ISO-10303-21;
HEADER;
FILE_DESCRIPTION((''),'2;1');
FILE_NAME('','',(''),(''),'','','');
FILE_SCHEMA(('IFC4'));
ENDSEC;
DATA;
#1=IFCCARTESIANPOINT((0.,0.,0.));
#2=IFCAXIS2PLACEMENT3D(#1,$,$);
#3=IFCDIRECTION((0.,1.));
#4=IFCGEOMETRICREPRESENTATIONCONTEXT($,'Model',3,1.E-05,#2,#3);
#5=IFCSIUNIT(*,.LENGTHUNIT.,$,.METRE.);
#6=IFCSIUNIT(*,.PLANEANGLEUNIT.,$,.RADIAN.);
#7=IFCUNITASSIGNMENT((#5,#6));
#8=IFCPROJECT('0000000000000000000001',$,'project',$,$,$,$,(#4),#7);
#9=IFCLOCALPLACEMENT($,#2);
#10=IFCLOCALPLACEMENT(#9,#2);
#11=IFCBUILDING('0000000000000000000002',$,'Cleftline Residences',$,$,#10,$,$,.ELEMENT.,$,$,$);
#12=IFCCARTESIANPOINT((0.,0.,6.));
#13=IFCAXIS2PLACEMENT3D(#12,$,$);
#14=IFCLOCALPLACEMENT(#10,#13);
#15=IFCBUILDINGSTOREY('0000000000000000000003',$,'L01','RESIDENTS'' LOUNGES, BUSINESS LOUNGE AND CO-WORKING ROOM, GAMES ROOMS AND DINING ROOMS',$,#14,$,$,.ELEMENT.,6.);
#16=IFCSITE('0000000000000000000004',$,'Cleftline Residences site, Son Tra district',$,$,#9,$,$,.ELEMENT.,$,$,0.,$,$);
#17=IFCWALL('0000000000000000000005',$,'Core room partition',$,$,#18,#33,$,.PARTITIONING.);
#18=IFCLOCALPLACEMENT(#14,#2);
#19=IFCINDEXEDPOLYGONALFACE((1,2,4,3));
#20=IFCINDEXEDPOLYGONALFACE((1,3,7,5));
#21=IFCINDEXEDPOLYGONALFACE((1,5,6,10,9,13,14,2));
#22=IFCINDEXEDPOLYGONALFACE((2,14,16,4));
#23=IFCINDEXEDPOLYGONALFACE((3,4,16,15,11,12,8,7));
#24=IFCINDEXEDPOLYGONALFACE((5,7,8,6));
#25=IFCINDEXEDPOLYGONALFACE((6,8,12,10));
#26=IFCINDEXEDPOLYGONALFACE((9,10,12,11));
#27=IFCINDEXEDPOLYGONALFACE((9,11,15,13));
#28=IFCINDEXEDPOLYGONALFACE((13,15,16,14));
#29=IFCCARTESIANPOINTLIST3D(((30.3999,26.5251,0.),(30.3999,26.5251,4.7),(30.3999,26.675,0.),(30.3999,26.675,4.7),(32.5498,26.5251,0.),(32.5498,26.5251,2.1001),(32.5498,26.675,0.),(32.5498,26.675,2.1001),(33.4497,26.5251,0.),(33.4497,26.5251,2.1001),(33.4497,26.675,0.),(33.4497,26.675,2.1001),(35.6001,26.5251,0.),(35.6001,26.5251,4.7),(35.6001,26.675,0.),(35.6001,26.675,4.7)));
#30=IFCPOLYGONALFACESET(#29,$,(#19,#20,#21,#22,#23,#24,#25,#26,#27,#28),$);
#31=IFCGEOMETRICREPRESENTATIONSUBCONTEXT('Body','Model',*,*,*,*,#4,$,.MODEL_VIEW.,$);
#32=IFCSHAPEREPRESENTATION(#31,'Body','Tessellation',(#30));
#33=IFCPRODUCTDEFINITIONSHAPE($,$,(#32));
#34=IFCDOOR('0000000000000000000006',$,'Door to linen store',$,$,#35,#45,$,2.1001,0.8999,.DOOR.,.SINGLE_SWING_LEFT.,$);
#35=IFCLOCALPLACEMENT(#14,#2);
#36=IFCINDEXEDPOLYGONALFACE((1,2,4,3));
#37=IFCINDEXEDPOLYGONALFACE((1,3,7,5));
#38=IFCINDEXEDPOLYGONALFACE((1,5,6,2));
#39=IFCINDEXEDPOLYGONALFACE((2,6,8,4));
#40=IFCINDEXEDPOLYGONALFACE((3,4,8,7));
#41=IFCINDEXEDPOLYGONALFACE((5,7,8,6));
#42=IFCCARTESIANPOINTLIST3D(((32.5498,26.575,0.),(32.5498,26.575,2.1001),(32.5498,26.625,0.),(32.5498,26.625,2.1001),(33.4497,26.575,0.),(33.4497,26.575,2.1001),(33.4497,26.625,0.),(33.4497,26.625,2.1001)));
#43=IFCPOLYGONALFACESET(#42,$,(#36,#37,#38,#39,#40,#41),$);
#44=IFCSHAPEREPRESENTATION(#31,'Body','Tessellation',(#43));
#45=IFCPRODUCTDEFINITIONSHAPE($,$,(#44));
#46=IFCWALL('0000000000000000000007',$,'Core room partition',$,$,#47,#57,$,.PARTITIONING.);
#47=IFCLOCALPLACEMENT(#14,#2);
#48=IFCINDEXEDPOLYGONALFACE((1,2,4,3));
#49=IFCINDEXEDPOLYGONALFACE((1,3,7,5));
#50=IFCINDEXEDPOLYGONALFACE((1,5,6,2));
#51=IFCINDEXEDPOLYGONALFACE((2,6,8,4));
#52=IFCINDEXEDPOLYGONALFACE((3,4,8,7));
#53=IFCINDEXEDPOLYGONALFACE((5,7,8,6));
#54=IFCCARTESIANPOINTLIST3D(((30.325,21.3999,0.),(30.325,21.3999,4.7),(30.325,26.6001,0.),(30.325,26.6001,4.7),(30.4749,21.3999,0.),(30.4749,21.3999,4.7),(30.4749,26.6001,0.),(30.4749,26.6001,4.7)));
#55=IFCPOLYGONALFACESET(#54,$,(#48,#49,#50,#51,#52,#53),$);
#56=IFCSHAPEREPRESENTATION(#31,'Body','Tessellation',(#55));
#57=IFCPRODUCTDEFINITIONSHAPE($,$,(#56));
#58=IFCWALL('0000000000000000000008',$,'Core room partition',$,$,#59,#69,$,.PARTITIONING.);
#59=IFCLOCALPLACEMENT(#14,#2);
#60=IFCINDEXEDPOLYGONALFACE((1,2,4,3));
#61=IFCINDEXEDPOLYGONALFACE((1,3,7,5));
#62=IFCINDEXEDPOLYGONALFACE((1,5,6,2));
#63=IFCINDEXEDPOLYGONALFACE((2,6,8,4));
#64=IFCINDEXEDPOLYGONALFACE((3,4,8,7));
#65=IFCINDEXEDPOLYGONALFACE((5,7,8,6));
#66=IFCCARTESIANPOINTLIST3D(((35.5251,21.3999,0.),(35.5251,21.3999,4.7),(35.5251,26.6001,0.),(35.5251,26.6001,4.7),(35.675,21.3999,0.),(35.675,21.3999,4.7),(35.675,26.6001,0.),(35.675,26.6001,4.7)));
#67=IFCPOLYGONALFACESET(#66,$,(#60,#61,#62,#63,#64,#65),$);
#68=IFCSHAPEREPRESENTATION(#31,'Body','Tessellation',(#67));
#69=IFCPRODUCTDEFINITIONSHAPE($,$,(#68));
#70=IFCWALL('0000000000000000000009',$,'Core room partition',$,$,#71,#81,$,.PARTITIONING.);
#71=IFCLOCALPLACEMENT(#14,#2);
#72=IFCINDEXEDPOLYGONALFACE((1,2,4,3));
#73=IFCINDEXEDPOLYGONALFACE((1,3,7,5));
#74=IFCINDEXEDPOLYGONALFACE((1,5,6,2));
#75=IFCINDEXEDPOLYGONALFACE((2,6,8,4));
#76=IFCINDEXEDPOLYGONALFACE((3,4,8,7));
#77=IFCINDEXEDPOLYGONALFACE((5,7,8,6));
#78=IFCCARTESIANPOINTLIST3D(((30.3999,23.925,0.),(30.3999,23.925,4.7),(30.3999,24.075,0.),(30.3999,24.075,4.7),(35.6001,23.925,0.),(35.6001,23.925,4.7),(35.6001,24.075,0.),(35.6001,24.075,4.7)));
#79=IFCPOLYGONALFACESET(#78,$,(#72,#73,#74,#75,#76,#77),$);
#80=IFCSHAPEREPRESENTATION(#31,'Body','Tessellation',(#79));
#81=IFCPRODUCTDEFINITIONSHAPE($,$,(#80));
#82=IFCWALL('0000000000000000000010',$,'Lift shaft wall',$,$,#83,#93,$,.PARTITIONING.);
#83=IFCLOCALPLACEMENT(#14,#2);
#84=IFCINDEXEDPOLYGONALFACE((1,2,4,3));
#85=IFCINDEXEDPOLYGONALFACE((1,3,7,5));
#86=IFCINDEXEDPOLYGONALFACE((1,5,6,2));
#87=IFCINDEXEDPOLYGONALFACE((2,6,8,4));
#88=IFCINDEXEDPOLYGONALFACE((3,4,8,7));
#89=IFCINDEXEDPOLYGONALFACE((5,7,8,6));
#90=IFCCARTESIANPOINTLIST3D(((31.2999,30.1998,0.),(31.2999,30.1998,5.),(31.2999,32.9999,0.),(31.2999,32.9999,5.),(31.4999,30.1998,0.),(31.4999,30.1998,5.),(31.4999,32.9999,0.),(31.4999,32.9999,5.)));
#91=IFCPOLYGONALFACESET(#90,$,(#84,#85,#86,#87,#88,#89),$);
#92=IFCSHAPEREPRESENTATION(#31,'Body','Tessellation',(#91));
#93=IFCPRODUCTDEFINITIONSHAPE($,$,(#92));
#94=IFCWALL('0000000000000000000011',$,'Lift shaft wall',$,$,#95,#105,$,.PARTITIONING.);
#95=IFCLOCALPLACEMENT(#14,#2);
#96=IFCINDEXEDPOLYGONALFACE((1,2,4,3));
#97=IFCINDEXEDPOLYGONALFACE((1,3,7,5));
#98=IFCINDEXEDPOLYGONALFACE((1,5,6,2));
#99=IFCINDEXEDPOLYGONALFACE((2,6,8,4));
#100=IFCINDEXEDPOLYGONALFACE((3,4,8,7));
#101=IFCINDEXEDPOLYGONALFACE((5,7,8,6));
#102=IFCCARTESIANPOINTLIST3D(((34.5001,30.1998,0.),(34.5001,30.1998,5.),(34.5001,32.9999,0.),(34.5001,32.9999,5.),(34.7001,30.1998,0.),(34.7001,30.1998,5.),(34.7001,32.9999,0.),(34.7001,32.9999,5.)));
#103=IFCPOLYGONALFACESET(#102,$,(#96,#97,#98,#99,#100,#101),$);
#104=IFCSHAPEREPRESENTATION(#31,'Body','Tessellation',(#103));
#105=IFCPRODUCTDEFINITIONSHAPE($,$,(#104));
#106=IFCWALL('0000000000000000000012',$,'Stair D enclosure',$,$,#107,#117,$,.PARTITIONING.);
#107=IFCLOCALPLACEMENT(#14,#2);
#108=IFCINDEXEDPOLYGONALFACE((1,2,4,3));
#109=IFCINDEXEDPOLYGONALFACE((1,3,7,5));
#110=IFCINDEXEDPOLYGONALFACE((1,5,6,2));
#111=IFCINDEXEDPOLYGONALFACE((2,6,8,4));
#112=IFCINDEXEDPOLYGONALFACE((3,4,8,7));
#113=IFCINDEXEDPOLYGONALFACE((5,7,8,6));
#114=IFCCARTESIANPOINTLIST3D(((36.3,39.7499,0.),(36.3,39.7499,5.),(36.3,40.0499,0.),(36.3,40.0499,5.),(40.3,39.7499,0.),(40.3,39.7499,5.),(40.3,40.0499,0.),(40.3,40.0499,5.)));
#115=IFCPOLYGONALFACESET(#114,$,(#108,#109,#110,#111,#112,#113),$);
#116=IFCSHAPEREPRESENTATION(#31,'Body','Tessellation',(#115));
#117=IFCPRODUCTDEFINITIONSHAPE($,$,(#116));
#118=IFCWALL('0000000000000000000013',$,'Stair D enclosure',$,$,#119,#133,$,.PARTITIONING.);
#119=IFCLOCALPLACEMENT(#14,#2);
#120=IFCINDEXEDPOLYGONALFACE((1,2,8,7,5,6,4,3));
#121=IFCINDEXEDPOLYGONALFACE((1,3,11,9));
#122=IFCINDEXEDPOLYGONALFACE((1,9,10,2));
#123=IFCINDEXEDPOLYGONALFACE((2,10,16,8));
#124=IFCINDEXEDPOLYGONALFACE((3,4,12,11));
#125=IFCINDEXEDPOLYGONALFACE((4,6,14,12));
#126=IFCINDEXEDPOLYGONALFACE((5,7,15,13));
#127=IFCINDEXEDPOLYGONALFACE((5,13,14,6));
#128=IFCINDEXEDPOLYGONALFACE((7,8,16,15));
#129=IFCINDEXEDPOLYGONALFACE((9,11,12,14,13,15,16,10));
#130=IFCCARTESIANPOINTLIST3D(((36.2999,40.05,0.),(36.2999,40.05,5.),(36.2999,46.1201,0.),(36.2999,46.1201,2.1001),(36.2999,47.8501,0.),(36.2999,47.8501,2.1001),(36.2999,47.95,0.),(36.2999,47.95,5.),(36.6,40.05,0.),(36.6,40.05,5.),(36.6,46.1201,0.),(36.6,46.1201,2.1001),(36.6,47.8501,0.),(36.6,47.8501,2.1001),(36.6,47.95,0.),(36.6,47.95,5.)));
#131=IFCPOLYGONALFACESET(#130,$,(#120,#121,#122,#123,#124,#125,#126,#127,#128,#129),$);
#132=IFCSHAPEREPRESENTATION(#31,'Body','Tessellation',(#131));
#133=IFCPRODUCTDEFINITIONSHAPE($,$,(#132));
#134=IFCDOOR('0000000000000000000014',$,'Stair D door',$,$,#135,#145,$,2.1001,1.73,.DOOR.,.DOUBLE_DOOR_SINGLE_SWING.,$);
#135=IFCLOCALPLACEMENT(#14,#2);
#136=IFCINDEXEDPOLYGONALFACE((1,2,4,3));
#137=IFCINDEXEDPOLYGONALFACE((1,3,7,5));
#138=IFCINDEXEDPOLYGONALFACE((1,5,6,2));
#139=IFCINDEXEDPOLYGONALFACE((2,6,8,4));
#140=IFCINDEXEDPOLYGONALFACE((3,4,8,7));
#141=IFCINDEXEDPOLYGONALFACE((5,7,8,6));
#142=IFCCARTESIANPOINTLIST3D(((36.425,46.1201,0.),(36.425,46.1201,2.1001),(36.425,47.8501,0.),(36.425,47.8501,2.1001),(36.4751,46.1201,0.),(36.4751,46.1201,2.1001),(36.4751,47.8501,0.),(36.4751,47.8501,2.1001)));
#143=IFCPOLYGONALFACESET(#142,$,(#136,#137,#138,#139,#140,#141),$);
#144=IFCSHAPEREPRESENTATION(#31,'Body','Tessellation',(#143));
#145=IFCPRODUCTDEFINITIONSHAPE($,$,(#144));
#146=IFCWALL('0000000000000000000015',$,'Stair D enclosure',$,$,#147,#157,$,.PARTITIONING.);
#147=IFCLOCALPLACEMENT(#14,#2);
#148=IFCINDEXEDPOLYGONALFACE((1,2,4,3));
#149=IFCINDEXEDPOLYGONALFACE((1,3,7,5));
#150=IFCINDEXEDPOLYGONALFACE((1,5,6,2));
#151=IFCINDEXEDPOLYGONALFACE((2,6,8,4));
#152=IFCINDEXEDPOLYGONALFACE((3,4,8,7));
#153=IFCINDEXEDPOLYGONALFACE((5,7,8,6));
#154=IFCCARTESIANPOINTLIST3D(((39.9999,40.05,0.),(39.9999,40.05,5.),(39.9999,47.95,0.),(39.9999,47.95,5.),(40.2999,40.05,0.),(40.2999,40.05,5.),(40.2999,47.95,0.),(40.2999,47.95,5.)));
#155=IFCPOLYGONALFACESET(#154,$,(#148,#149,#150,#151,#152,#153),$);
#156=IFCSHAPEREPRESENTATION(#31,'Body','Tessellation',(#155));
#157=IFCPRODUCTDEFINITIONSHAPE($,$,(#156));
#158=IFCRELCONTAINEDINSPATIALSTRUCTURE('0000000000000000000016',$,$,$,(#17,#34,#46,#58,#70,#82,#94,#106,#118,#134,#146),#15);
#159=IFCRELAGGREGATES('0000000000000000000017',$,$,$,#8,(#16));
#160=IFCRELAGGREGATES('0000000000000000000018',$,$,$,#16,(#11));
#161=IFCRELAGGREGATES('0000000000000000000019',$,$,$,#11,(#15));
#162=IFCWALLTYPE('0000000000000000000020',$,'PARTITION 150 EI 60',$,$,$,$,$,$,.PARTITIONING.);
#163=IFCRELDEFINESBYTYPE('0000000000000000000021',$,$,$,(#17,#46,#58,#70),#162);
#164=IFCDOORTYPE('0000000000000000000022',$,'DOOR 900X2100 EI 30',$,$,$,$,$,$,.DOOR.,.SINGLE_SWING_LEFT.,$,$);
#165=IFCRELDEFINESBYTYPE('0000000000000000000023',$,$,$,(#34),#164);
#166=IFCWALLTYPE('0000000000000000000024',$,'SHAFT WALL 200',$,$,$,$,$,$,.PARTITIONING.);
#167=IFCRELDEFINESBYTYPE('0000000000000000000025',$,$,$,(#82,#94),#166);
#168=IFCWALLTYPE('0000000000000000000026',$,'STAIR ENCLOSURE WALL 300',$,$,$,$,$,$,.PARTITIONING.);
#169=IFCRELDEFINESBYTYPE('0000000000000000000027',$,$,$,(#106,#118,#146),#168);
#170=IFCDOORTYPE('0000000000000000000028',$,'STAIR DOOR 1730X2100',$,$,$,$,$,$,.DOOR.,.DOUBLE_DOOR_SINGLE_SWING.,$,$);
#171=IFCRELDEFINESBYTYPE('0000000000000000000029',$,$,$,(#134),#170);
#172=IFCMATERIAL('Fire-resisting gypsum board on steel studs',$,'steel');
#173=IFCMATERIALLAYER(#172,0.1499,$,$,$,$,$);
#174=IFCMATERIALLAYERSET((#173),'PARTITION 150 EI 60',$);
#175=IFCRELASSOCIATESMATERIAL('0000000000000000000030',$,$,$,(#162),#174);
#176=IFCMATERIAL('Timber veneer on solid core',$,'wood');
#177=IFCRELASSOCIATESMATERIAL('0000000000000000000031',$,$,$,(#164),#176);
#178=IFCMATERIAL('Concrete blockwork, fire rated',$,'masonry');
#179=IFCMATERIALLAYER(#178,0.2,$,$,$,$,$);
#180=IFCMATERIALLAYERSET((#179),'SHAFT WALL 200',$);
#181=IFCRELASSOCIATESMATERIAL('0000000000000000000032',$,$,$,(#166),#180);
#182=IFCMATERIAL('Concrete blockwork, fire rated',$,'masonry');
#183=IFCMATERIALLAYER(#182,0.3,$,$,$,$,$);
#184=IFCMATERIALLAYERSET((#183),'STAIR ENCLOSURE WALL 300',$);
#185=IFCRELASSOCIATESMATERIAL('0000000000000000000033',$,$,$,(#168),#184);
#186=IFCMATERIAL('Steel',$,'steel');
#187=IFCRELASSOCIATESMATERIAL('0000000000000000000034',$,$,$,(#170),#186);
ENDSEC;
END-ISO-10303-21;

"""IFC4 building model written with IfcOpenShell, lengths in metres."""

from ifc_helpers import new_model, si_unit, direction, frame, frame_2d, origin, place, context, subcontext, project, spatial, rectangle, extrude, material, layer, layer_set, type_object, element, fill, save


model = new_model("IFC4")

# Units and contexts
model_context = context("Model", 3, precision=1e-05, world=origin(), true_north=direction((0.0, 1.0)))
body_context = subcontext(model_context, "Body", "Model", "MODEL_VIEW")
ifc_project = project(units=[si_unit("LENGTHUNIT", "METRE"), si_unit("PLANEANGLEUNIT", "RADIAN")], contexts=[model_context])

# Site, building, storey
site_placement = place(None, origin())
site = spatial("IfcSite", under=ifc_project, at=site_placement, Name="Cleftline Residences site, Son Tra district", CompositionType="ELEMENT", RefElevation=0.0)
building_placement = place(site_placement, origin())
building = spatial("IfcBuilding", under=site, at=building_placement, Name="Cleftline Residences", CompositionType="ELEMENT")
storey_placement = place(building_placement, frame((0.0, 0.0, 6.0)))
storey = spatial("IfcBuildingStorey", under=building, at=storey_placement, Name="L01", Description="RESIDENTS' LOUNGES, BUSINESS LOUNGE AND CO-WORKING ROOM, GAMES ROOMS AND DINING ROOMS", CompositionType="ELEMENT", Elevation=6.0)

# Wall, opening, door
ifc_material_1 = material(Name="Fire-resisting gypsum board on steel studs", Category="steel")
ifc_layer_1 = layer(ifc_material_1, 0.1499)
ifc_layer_set_1 = layer_set([ifc_layer_1], Name="PARTITION 150 EI 60")
wall_type_1 = type_object("IfcWallType", Name="PARTITION 150 EI 60", PredefinedType="PARTITIONING", material=ifc_layer_set_1)
wall_1_placement = place(storey_placement, frame((30.3999, 26.6001, 0.0), z_axis=(0.0, 0.0, 1.0), x_axis=(1.0, 0.0, 0.0)))
wall_1 = element("IfcWall", 1, at=wall_1_placement, inside=storey, type_object=wall_type_1, Name="Core room partition", PredefinedType="PARTITIONING", context=body_context, shape_type="SweptSolid", body=[
    extrude(rectangle(XDim=5.2002, YDim=0.1499, at=frame_2d((2.6001, 0.0))), origin(), (0.0, 0.0, 1.0), 4.7),
])
opening_1_placement = place(wall_1_placement, frame((2.1499, 0.0, 0.0)))
opening_1 = element("IfcOpeningElement", 2, at=opening_1_placement, cuts=wall_1, PredefinedType="OPENING", context=body_context, shape_type="SweptSolid", body=[
    extrude(rectangle(XDim=0.8999, YDim=2.1001, at=frame_2d((0.45, 1.05))), frame((0.0, 0.085, 0.0), z_axis=(0.0, -1.0, 0.0), x_axis=(1.0, 0.0, 0.0)), (0.0, 0.0, 1.0), 0.1699),
])
ifc_material_2 = material(Name="Timber veneer on solid core", Category="wood")
door_type_1 = type_object("IfcDoorType", Name="DOOR 900X2100 EI 30", OperationType="SINGLE_SWING_LEFT", PredefinedType="DOOR", material=ifc_material_2)
door_1_placement = place(opening_1_placement, origin())
door_1 = element("IfcDoor", 3, at=door_1_placement, inside=storey, type_object=door_type_1, Name="Door to linen store", OperationType="SINGLE_SWING_LEFT", OverallHeight=2.1001, OverallWidth=0.8999, PredefinedType="DOOR", context=body_context, shape_type="SweptSolid", body=[
    extrude(rectangle(XDim=0.8999, YDim=2.1001, at=frame_2d((0.45, 1.05))), frame((0.0, 0.0249, 0.0), z_axis=(0.0, -1.0, 0.0), x_axis=(1.0, 0.0, 0.0)), (0.0, 0.0, 1.0), 0.05),
])
fill(opening_1, door_1)

# Walls
for number, where, z_axis, x_axis, name in (
    (4, (30.3999, 21.3999, 0.0), (0.0, 0.0, 1.0), (0.0, 1.0, 0.0), "Core room partition"),
    (5, (35.6001, 21.3999, 0.0), (0.0, 0.0, 1.0), (0.0, 1.0, 0.0), "Core room partition"),
    (6, (30.3999, 24.0, 0.0), (0.0, 0.0, 1.0), (1.0, 0.0, 0.0), "Core room partition"),
):
    element("IfcWall", number, at=place(storey_placement, frame(where, z_axis=z_axis, x_axis=x_axis)), inside=storey, type_object=wall_type_1, Name=name, PredefinedType="PARTITIONING", context=body_context, shape_type="SweptSolid", body=[
        extrude(rectangle(XDim=5.2002, YDim=0.1499, at=frame_2d((2.6001, 0.0))), origin(), (0.0, 0.0, 1.0), 4.7),
    ])
ifc_material_3 = material(Name="Concrete blockwork, fire rated", Category="masonry")
ifc_layer_2 = layer(ifc_material_3, 0.2)
ifc_layer_set_2 = layer_set([ifc_layer_2], Name="SHAFT WALL 200")
wall_type_2 = type_object("IfcWallType", Name="SHAFT WALL 200", PredefinedType="PARTITIONING", material=ifc_layer_set_2)
for number, where, z_axis, x_axis, name in (
    (7, (31.3999, 30.2, 0.0), (0.0, 0.0, 1.0), (0.0, 1.0, 0.0), "Lift shaft wall"),
    (8, (34.6001, 30.2, 0.0), (0.0, 0.0, 1.0), (0.0, 1.0, 0.0), "Lift shaft wall"),
):
    element("IfcWall", number, at=place(storey_placement, frame(where, z_axis=z_axis, x_axis=x_axis)), inside=storey, type_object=wall_type_2, Name=name, PredefinedType="PARTITIONING", context=body_context, shape_type="SweptSolid", body=[
        extrude(rectangle(XDim=2.8, YDim=0.2, at=frame_2d((1.3999, 0.0))), origin(), (0.0, 0.0, 1.0), 5.0),
    ])
ifc_material_4 = material(Name="Concrete blockwork, fire rated", Category="masonry")
ifc_layer_3 = layer(ifc_material_4, 0.3)
ifc_layer_set_3 = layer_set([ifc_layer_3], Name="STAIR ENCLOSURE WALL 300")
wall_type_3 = type_object("IfcWallType", Name="STAIR ENCLOSURE WALL 300", PredefinedType="PARTITIONING", material=ifc_layer_set_3)
wall_2_placement = place(storey_placement, frame((36.3, 39.8999, 0.0), z_axis=(0.0, 0.0, 1.0), x_axis=(1.0, 0.0, 0.0)))
element("IfcWall", 9, at=wall_2_placement, inside=storey, type_object=wall_type_3, Name="Stair D enclosure", PredefinedType="PARTITIONING", context=body_context, shape_type="SweptSolid", body=[
    extrude(rectangle(XDim=4.0, YDim=0.3, at=frame_2d((2.0, 0.0))), origin(), (0.0, 0.0, 1.0), 5.0),
])

# Wall, opening, door
wall_3_placement = place(storey_placement, frame((36.45, 40.05, 0.0), z_axis=(0.0, 0.0, 1.0), x_axis=(0.0, 1.0, 0.0)))
wall_3 = element("IfcWall", 10, at=wall_3_placement, inside=storey, type_object=wall_type_3, Name="Stair D enclosure", PredefinedType="PARTITIONING", context=body_context, shape_type="SweptSolid", body=[
    extrude(rectangle(XDim=7.8999, YDim=0.3, at=frame_2d((3.95, 0.0))), origin(), (0.0, 0.0, 1.0), 5.0),
])
opening_2_placement = place(wall_3_placement, frame((6.0701, 0.0, 0.0)))
opening_2 = element("IfcOpeningElement", 11, at=opening_2_placement, cuts=wall_3, PredefinedType="OPENING", context=body_context, shape_type="SweptSolid", body=[
    extrude(rectangle(XDim=1.73, YDim=2.1001, at=frame_2d((0.865, 1.05))), frame((0.0, 0.1599, 0.0), z_axis=(0.0, -1.0, 0.0), x_axis=(1.0, 0.0, 0.0)), (0.0, 0.0, 1.0), 0.3201),
])
ifc_material_5 = material(Name="Steel", Category="steel")
door_type_2 = type_object("IfcDoorType", Name="STAIR DOOR 1730X2100", OperationType="DOUBLE_DOOR_SINGLE_SWING", PredefinedType="DOOR", material=ifc_material_5)
door_2_placement = place(opening_2_placement, origin())
door_2 = element("IfcDoor", 12, at=door_2_placement, inside=storey, type_object=door_type_2, Name="Stair D door", OperationType="DOUBLE_DOOR_SINGLE_SWING", OverallHeight=2.1001, OverallWidth=1.73, PredefinedType="DOOR", context=body_context, shape_type="SweptSolid", body=[
    extrude(rectangle(XDim=1.73, YDim=2.1001, at=frame_2d((0.865, 1.05))), frame((0.0, 0.0249, 0.0), z_axis=(0.0, -1.0, 0.0), x_axis=(1.0, 0.0, 0.0)), (0.0, 0.0, 1.0), 0.05),
])
fill(opening_2, door_2)

# Wall
wall_4_placement = place(storey_placement, frame((40.1499, 40.05, 0.0), z_axis=(0.0, 0.0, 1.0), x_axis=(0.0, 1.0, 0.0)))
element("IfcWall", 13, at=wall_4_placement, inside=storey, type_object=wall_type_3, Name="Stair D enclosure", PredefinedType="PARTITIONING", context=body_context, shape_type="SweptSolid", body=[
    extrude(rectangle(XDim=7.8999, YDim=0.3, at=frame_2d((3.95, 0.0))), origin(), (0.0, 0.0, 1.0), 5.0),
])

save(model, "model.ifc")
